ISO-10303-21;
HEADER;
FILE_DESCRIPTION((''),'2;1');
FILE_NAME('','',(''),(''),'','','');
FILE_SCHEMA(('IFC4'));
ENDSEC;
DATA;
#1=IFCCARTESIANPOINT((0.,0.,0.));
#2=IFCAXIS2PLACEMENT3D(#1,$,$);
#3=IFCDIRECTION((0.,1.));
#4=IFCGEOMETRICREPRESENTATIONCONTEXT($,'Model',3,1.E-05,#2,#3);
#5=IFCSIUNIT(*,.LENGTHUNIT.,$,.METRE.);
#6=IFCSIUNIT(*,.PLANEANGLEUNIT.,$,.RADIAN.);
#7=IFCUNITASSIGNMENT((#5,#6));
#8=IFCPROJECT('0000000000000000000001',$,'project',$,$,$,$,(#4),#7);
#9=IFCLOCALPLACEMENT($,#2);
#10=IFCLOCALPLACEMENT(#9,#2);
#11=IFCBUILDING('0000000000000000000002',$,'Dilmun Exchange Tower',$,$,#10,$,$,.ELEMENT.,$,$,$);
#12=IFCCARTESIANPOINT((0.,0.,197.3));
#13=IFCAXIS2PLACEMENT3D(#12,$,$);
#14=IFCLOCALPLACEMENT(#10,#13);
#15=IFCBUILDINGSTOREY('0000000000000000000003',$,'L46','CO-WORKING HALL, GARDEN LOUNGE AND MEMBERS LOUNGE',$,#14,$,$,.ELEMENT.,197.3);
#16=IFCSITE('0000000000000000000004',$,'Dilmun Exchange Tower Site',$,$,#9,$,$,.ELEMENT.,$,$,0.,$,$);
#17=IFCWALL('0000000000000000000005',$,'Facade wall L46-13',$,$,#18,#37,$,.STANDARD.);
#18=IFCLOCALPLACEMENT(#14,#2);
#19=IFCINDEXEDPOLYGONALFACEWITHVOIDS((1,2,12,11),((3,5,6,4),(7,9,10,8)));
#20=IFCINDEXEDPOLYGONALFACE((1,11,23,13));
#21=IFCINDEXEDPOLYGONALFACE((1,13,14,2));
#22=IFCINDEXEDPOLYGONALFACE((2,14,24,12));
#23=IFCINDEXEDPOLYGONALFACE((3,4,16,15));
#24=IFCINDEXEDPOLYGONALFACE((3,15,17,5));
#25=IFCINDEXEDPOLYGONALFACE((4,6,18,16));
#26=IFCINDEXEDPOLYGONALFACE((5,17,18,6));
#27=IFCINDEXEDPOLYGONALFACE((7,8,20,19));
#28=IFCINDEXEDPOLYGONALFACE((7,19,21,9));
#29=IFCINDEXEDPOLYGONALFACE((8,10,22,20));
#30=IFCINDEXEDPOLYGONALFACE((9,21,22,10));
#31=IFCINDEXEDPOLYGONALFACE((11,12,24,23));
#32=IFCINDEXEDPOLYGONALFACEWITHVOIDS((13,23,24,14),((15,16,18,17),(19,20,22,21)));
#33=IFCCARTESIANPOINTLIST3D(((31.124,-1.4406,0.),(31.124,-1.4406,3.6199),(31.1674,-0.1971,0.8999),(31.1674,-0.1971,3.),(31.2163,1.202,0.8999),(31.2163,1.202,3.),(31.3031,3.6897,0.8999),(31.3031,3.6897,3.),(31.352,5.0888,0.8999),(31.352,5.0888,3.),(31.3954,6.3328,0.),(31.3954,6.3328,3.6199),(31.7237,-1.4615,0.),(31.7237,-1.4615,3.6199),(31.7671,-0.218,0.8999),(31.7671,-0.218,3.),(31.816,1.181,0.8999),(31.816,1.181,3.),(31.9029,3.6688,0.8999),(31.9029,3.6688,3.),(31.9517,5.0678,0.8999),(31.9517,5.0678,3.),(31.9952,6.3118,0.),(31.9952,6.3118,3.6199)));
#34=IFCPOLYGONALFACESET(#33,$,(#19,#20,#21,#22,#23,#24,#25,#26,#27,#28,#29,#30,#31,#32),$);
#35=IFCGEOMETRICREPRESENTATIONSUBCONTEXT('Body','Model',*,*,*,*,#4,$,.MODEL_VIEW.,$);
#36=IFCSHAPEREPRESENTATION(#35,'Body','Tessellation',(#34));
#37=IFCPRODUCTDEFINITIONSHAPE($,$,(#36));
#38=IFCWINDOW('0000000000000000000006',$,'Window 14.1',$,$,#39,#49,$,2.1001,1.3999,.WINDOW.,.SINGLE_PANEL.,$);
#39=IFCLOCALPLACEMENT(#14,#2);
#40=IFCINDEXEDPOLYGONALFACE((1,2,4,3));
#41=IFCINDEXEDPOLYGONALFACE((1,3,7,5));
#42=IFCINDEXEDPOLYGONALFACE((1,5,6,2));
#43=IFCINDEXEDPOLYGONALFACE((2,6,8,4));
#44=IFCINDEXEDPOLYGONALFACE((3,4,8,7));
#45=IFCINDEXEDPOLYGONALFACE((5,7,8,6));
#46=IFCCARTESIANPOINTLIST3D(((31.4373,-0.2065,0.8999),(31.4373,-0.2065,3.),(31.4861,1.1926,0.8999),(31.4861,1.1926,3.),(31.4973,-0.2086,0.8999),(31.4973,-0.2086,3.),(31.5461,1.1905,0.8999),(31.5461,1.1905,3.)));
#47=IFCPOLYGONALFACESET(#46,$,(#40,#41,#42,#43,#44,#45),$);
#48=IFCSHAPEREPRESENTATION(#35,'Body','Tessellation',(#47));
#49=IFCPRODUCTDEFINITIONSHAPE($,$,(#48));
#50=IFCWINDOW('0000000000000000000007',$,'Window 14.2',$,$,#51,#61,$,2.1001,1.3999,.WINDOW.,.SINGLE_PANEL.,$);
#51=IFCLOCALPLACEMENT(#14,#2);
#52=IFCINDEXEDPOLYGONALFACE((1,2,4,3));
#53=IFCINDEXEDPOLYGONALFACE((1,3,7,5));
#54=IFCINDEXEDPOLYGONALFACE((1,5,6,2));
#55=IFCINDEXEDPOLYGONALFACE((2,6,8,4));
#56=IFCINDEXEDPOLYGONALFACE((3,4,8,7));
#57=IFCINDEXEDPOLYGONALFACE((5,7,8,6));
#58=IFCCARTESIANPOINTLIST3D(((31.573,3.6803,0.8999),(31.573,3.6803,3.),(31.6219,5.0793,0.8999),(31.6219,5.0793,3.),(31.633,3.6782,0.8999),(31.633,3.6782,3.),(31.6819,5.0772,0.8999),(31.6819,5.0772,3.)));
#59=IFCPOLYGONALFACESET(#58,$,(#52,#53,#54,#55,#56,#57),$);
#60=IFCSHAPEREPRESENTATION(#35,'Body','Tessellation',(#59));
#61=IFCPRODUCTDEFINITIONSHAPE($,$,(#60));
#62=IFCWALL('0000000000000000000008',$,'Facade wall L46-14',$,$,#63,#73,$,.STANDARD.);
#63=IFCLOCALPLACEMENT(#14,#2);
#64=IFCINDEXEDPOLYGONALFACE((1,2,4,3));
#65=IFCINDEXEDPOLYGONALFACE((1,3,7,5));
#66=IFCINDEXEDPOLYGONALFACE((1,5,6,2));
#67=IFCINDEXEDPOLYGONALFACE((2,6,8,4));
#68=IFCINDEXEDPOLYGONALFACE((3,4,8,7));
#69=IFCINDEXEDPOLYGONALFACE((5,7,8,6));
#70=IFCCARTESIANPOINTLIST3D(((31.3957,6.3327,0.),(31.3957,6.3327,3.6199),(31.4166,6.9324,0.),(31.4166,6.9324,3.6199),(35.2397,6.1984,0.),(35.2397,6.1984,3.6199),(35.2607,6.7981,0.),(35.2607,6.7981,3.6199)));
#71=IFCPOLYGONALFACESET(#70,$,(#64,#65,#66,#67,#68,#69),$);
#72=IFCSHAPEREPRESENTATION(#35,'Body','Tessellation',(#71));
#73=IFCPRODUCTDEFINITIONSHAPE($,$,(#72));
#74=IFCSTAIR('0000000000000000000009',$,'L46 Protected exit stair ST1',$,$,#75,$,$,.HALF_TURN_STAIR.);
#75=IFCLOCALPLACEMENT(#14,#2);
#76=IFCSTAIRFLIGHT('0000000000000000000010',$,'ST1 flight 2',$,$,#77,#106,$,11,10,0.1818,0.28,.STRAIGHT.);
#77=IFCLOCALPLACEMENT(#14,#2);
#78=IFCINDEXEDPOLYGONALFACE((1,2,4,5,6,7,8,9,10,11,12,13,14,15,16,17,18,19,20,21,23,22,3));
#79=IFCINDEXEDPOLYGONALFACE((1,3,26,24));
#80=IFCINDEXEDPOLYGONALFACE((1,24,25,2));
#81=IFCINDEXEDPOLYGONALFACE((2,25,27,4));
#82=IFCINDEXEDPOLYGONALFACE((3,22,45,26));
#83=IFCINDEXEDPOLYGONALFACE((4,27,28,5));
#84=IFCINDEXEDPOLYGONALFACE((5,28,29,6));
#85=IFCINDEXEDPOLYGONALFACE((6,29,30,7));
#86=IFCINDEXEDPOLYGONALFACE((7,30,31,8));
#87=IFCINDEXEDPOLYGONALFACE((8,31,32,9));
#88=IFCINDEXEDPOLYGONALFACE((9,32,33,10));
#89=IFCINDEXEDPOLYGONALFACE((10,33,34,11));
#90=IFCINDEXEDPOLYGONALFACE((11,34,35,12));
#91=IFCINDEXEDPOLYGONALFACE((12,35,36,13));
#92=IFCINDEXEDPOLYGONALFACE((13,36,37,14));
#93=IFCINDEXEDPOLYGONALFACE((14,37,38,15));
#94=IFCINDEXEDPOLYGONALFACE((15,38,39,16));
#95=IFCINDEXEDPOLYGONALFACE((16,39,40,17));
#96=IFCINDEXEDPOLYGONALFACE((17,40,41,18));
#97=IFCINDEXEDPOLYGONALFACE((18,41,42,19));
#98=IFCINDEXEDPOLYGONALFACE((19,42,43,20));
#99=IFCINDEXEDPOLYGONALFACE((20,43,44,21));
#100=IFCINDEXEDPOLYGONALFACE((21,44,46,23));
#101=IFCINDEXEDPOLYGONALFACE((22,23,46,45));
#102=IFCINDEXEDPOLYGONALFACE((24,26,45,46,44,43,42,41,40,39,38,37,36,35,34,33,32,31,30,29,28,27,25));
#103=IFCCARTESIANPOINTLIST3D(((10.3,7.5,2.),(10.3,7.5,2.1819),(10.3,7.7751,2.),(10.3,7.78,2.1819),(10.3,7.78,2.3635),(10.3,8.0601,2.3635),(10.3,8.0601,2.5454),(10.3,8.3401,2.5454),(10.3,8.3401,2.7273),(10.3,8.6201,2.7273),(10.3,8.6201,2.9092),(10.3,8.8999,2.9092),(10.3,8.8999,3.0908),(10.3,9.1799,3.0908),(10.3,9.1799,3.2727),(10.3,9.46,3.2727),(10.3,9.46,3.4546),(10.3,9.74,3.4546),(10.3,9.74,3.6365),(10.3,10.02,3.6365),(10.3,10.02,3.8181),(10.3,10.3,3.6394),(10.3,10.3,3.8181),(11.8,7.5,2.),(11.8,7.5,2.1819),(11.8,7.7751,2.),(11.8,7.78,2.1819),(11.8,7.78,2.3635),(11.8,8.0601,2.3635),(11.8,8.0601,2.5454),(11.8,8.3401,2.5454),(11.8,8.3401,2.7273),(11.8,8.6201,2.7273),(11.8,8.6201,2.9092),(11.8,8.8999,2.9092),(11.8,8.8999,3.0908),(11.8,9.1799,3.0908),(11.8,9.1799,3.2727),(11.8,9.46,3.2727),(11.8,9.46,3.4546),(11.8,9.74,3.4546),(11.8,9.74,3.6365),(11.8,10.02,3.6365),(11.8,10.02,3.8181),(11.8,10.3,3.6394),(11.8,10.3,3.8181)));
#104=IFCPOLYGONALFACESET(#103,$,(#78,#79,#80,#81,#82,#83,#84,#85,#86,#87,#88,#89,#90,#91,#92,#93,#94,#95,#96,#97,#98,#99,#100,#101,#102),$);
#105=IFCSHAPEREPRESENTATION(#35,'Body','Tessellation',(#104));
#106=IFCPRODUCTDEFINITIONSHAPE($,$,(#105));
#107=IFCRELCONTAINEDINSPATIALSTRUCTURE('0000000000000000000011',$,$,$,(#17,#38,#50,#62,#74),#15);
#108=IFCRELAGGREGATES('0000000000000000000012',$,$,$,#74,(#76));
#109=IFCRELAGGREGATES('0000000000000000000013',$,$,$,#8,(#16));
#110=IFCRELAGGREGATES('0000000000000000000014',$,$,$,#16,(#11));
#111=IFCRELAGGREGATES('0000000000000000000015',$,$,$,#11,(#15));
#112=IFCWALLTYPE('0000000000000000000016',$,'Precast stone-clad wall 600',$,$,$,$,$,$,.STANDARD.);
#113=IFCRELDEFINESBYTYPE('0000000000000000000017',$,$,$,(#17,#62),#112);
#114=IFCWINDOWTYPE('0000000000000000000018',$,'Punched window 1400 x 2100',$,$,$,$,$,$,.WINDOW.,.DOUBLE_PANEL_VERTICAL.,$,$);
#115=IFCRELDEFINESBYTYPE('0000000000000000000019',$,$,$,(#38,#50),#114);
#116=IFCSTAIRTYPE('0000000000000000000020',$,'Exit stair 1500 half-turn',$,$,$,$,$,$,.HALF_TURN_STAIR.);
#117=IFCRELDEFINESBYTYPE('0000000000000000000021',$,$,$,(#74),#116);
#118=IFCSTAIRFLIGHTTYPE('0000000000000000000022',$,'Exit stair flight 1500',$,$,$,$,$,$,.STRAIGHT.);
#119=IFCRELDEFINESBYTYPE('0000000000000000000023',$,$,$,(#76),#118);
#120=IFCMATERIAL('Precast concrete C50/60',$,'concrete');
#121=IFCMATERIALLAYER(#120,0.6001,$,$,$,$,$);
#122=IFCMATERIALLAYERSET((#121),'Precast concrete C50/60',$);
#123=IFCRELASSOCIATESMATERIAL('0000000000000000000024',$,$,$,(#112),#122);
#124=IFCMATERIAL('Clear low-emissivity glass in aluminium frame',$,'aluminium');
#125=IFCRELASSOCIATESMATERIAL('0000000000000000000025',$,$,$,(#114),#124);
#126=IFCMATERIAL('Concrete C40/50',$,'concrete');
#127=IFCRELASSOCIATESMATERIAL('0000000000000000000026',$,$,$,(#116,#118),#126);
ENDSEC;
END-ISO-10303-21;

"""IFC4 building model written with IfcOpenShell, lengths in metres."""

from ifc_helpers import new_model, si_unit, direction, frame, frame_2d, origin, place, context, subcontext, project, spatial, polyline, rectangle, outline, extrude, material, layer, layer_set, type_object, element, fill, aggregate, save


model = new_model("IFC4")

# Units and contexts
model_context = context("Model", 3, precision=1e-05, world=origin(), true_north=direction((0.0, 1.0)))
body_context = subcontext(model_context, "Body", "Model", "MODEL_VIEW")
ifc_project = project(units=[si_unit("LENGTHUNIT", "METRE"), si_unit("PLANEANGLEUNIT", "RADIAN")], contexts=[model_context])

# Site, building, storey
site_placement = place(None, origin())
site = spatial("IfcSite", under=ifc_project, at=site_placement, Name="Dilmun Exchange Tower Site", CompositionType="ELEMENT", RefElevation=0.0)
building_placement = place(site_placement, origin())
building = spatial("IfcBuilding", under=site, at=building_placement, Name="Dilmun Exchange Tower", CompositionType="ELEMENT")
storey_placement = place(building_placement, frame((0.0, 0.0, 197.3)))
storey = spatial("IfcBuildingStorey", under=building, at=storey_placement, Name="L46", Description="CO-WORKING HALL, GARDEN LOUNGE AND MEMBERS LOUNGE", CompositionType="ELEMENT", Elevation=197.3)

# Shared definitions
ifc_material_1 = material(Name="Concrete C40/50", Category="concrete")

# Shared definitions
ifc_material_2 = material(Name="Precast concrete C50/60", Category="concrete")
ifc_layer_1 = layer(ifc_material_2, 0.6001)
ifc_layer_set_1 = layer_set([ifc_layer_1], Name="Precast concrete C50/60")
wall_type_1 = type_object("IfcWallType", Name="Precast stone-clad wall 600", PredefinedType="STANDARD", material=ifc_layer_set_1)

# Wall, openings, windows
wall_1_placement = place(storey_placement, frame((31.4238, -1.4512, 0.0), z_axis=(0.0, 0.0, 1.0), x_axis=(0.034903, 0.999391, 0.0)))
wall_1 = element("IfcWall", 1, at=wall_1_placement, inside=storey, type_object=wall_type_1, Name="Facade wall L46-13", PredefinedType="STANDARD", context=body_context, shape_type="SweptSolid", body=[
    extrude(rectangle(XDim=7.7781, YDim=0.6001, at=frame_2d((3.8892, 0.0))), origin(), (0.0, 0.0, 1.0), 3.6199),
])
opening_1_placement = place(wall_1_placement, frame((1.2444, 0.0, 0.8999)))
opening_1 = element("IfcOpeningElement", 2, at=opening_1_placement, cuts=wall_1, PredefinedType="OPENING", context=body_context, shape_type="SweptSolid", body=[
    extrude(rectangle(XDim=1.3999, YDim=2.1001, at=frame_2d((0.7, 1.05))), frame((0.0, 0.3101, 0.0), z_axis=(0.0, -1.0, 0.0), x_axis=(1.0, 0.0, 0.0)), (0.0, 0.0, 1.0), 0.6201),
])
opening_2_placement = place(wall_1_placement, frame((5.1335, 0.0, 0.8999)))
opening_2 = element("IfcOpeningElement", 3, at=opening_2_placement, cuts=wall_1, PredefinedType="OPENING", context=body_context, shape_type="SweptSolid", body=[
    extrude(rectangle(XDim=1.3999, YDim=2.1001, at=frame_2d((0.7, 1.05))), frame((0.0, 0.3101, 0.0), z_axis=(0.0, -1.0, 0.0), x_axis=(1.0, 0.0, 0.0)), (0.0, 0.0, 1.0), 0.6201),
])
ifc_material_3 = material(Name="Clear low-emissivity glass in aluminium frame", Category="aluminium")
window_type_1 = type_object("IfcWindowType", Name="Punched window 1400 x 2100", PartitioningType="DOUBLE_PANEL_VERTICAL", PredefinedType="WINDOW", material=ifc_material_3)
window_1_placement = place(opening_1_placement, origin())
window_1 = element("IfcWindow", 4, at=window_1_placement, inside=storey, type_object=window_type_1, Name="Window 14.1", OverallHeight=2.1001, OverallWidth=1.3999, PartitioningType="SINGLE_PANEL", PredefinedType="WINDOW", context=body_context, shape_type="SweptSolid", body=[
    extrude(rectangle(XDim=1.3999, YDim=2.1001, at=frame_2d((0.7, 1.05))), frame((0.0, 0.03, 0.0), z_axis=(0.0, -1.0, 0.0), x_axis=(1.0, 0.0, 0.0)), (0.0, 0.0, 1.0), 0.0601),
])
fill(opening_1, window_1)
window_2_placement = place(opening_2_placement, origin())
window_2 = element("IfcWindow", 5, at=window_2_placement, inside=storey, type_object=window_type_1, Name="Window 14.2", OverallHeight=2.1001, OverallWidth=1.3999, PartitioningType="SINGLE_PANEL", PredefinedType="WINDOW", context=body_context, shape_type="SweptSolid", body=[
    extrude(rectangle(XDim=1.3999, YDim=2.1001, at=frame_2d((0.7, 1.05))), frame((0.0, 0.03, 0.0), z_axis=(0.0, -1.0, 0.0), x_axis=(1.0, 0.0, 0.0)), (0.0, 0.0, 1.0), 0.0601),
])
fill(opening_2, window_2)

# Wall
wall_2_placement = place(storey_placement, frame((31.406, 6.6326, 0.0), z_axis=(0.0, 0.0, 1.0), x_axis=(0.99939, -0.03491, 0.0)))
element("IfcWall", 6, at=wall_2_placement, inside=storey, type_object=wall_type_1, Name="Facade wall L46-14", PredefinedType="STANDARD", context=body_context, shape_type="SweptSolid", body=[
    extrude(rectangle(XDim=3.8464, YDim=0.6001, at=frame_2d((1.9233, 0.0))), origin(), (0.0, 0.0, 1.0), 3.6199),
])

# Stair, stair flight
stair_type = type_object("IfcStairType", Name="Exit stair 1500 half-turn", PredefinedType="HALF_TURN_STAIR", material=ifc_material_1)
stair_placement = place(storey_placement, origin())
stair = element("IfcStair", 7, at=stair_placement, inside=storey, type_object=stair_type, Name="L46 Protected exit stair ST1", PredefinedType="HALF_TURN_STAIR")
stair_flight_type = type_object("IfcStairFlightType", Name="Exit stair flight 1500", PredefinedType="STRAIGHT", material=ifc_material_1)
stair_flight_placement = place(storey_placement, frame((11.05, 7.5, 2.0), z_axis=(0.0, 0.0, 1.0), x_axis=(0.0, 1.0, 0.0)))
stair_flight = element("IfcStairFlight", 8, at=stair_flight_placement, type_object=stair_flight_type, Name="ST1 flight 2", NumberOfRisers=11, NumberOfTreads=10, PredefinedType="STRAIGHT", RiserHeight=0.1818, TreadLength=0.28, context=body_context, shape_type="SweptSolid", body=[
    extrude(outline(polyline([(0.0, 0.0), (0.0, 0.1819), (0.28, 0.1819), (0.28, 0.3635), (0.5601, 0.3635), (0.5601, 0.5454), (0.8401, 0.5454), (0.8401, 0.7273), (1.1201, 0.7273), (1.1201, 0.9092), (1.3999, 0.9092), (1.3999, 1.0908), (1.6799, 1.0908), (1.6799, 1.2727), (1.96, 1.2727), (1.96, 1.4546), (2.24, 1.4546), (2.24, 1.6365), (2.52, 1.6365), (2.52, 1.8181), (2.8, 1.8181), (2.8, 2.0), (2.8, 1.6394), (0.2751, 0.0), (0.0, 0.0)])), frame((0.0, 0.75, 0.0), z_axis=(0.0, -1.0, 0.0), x_axis=(1.0, 0.0, 0.0)), (0.0, 0.0, 1.0), 1.5),
])
aggregate(stair, [stair_flight])

save(model, "model.ifc")
